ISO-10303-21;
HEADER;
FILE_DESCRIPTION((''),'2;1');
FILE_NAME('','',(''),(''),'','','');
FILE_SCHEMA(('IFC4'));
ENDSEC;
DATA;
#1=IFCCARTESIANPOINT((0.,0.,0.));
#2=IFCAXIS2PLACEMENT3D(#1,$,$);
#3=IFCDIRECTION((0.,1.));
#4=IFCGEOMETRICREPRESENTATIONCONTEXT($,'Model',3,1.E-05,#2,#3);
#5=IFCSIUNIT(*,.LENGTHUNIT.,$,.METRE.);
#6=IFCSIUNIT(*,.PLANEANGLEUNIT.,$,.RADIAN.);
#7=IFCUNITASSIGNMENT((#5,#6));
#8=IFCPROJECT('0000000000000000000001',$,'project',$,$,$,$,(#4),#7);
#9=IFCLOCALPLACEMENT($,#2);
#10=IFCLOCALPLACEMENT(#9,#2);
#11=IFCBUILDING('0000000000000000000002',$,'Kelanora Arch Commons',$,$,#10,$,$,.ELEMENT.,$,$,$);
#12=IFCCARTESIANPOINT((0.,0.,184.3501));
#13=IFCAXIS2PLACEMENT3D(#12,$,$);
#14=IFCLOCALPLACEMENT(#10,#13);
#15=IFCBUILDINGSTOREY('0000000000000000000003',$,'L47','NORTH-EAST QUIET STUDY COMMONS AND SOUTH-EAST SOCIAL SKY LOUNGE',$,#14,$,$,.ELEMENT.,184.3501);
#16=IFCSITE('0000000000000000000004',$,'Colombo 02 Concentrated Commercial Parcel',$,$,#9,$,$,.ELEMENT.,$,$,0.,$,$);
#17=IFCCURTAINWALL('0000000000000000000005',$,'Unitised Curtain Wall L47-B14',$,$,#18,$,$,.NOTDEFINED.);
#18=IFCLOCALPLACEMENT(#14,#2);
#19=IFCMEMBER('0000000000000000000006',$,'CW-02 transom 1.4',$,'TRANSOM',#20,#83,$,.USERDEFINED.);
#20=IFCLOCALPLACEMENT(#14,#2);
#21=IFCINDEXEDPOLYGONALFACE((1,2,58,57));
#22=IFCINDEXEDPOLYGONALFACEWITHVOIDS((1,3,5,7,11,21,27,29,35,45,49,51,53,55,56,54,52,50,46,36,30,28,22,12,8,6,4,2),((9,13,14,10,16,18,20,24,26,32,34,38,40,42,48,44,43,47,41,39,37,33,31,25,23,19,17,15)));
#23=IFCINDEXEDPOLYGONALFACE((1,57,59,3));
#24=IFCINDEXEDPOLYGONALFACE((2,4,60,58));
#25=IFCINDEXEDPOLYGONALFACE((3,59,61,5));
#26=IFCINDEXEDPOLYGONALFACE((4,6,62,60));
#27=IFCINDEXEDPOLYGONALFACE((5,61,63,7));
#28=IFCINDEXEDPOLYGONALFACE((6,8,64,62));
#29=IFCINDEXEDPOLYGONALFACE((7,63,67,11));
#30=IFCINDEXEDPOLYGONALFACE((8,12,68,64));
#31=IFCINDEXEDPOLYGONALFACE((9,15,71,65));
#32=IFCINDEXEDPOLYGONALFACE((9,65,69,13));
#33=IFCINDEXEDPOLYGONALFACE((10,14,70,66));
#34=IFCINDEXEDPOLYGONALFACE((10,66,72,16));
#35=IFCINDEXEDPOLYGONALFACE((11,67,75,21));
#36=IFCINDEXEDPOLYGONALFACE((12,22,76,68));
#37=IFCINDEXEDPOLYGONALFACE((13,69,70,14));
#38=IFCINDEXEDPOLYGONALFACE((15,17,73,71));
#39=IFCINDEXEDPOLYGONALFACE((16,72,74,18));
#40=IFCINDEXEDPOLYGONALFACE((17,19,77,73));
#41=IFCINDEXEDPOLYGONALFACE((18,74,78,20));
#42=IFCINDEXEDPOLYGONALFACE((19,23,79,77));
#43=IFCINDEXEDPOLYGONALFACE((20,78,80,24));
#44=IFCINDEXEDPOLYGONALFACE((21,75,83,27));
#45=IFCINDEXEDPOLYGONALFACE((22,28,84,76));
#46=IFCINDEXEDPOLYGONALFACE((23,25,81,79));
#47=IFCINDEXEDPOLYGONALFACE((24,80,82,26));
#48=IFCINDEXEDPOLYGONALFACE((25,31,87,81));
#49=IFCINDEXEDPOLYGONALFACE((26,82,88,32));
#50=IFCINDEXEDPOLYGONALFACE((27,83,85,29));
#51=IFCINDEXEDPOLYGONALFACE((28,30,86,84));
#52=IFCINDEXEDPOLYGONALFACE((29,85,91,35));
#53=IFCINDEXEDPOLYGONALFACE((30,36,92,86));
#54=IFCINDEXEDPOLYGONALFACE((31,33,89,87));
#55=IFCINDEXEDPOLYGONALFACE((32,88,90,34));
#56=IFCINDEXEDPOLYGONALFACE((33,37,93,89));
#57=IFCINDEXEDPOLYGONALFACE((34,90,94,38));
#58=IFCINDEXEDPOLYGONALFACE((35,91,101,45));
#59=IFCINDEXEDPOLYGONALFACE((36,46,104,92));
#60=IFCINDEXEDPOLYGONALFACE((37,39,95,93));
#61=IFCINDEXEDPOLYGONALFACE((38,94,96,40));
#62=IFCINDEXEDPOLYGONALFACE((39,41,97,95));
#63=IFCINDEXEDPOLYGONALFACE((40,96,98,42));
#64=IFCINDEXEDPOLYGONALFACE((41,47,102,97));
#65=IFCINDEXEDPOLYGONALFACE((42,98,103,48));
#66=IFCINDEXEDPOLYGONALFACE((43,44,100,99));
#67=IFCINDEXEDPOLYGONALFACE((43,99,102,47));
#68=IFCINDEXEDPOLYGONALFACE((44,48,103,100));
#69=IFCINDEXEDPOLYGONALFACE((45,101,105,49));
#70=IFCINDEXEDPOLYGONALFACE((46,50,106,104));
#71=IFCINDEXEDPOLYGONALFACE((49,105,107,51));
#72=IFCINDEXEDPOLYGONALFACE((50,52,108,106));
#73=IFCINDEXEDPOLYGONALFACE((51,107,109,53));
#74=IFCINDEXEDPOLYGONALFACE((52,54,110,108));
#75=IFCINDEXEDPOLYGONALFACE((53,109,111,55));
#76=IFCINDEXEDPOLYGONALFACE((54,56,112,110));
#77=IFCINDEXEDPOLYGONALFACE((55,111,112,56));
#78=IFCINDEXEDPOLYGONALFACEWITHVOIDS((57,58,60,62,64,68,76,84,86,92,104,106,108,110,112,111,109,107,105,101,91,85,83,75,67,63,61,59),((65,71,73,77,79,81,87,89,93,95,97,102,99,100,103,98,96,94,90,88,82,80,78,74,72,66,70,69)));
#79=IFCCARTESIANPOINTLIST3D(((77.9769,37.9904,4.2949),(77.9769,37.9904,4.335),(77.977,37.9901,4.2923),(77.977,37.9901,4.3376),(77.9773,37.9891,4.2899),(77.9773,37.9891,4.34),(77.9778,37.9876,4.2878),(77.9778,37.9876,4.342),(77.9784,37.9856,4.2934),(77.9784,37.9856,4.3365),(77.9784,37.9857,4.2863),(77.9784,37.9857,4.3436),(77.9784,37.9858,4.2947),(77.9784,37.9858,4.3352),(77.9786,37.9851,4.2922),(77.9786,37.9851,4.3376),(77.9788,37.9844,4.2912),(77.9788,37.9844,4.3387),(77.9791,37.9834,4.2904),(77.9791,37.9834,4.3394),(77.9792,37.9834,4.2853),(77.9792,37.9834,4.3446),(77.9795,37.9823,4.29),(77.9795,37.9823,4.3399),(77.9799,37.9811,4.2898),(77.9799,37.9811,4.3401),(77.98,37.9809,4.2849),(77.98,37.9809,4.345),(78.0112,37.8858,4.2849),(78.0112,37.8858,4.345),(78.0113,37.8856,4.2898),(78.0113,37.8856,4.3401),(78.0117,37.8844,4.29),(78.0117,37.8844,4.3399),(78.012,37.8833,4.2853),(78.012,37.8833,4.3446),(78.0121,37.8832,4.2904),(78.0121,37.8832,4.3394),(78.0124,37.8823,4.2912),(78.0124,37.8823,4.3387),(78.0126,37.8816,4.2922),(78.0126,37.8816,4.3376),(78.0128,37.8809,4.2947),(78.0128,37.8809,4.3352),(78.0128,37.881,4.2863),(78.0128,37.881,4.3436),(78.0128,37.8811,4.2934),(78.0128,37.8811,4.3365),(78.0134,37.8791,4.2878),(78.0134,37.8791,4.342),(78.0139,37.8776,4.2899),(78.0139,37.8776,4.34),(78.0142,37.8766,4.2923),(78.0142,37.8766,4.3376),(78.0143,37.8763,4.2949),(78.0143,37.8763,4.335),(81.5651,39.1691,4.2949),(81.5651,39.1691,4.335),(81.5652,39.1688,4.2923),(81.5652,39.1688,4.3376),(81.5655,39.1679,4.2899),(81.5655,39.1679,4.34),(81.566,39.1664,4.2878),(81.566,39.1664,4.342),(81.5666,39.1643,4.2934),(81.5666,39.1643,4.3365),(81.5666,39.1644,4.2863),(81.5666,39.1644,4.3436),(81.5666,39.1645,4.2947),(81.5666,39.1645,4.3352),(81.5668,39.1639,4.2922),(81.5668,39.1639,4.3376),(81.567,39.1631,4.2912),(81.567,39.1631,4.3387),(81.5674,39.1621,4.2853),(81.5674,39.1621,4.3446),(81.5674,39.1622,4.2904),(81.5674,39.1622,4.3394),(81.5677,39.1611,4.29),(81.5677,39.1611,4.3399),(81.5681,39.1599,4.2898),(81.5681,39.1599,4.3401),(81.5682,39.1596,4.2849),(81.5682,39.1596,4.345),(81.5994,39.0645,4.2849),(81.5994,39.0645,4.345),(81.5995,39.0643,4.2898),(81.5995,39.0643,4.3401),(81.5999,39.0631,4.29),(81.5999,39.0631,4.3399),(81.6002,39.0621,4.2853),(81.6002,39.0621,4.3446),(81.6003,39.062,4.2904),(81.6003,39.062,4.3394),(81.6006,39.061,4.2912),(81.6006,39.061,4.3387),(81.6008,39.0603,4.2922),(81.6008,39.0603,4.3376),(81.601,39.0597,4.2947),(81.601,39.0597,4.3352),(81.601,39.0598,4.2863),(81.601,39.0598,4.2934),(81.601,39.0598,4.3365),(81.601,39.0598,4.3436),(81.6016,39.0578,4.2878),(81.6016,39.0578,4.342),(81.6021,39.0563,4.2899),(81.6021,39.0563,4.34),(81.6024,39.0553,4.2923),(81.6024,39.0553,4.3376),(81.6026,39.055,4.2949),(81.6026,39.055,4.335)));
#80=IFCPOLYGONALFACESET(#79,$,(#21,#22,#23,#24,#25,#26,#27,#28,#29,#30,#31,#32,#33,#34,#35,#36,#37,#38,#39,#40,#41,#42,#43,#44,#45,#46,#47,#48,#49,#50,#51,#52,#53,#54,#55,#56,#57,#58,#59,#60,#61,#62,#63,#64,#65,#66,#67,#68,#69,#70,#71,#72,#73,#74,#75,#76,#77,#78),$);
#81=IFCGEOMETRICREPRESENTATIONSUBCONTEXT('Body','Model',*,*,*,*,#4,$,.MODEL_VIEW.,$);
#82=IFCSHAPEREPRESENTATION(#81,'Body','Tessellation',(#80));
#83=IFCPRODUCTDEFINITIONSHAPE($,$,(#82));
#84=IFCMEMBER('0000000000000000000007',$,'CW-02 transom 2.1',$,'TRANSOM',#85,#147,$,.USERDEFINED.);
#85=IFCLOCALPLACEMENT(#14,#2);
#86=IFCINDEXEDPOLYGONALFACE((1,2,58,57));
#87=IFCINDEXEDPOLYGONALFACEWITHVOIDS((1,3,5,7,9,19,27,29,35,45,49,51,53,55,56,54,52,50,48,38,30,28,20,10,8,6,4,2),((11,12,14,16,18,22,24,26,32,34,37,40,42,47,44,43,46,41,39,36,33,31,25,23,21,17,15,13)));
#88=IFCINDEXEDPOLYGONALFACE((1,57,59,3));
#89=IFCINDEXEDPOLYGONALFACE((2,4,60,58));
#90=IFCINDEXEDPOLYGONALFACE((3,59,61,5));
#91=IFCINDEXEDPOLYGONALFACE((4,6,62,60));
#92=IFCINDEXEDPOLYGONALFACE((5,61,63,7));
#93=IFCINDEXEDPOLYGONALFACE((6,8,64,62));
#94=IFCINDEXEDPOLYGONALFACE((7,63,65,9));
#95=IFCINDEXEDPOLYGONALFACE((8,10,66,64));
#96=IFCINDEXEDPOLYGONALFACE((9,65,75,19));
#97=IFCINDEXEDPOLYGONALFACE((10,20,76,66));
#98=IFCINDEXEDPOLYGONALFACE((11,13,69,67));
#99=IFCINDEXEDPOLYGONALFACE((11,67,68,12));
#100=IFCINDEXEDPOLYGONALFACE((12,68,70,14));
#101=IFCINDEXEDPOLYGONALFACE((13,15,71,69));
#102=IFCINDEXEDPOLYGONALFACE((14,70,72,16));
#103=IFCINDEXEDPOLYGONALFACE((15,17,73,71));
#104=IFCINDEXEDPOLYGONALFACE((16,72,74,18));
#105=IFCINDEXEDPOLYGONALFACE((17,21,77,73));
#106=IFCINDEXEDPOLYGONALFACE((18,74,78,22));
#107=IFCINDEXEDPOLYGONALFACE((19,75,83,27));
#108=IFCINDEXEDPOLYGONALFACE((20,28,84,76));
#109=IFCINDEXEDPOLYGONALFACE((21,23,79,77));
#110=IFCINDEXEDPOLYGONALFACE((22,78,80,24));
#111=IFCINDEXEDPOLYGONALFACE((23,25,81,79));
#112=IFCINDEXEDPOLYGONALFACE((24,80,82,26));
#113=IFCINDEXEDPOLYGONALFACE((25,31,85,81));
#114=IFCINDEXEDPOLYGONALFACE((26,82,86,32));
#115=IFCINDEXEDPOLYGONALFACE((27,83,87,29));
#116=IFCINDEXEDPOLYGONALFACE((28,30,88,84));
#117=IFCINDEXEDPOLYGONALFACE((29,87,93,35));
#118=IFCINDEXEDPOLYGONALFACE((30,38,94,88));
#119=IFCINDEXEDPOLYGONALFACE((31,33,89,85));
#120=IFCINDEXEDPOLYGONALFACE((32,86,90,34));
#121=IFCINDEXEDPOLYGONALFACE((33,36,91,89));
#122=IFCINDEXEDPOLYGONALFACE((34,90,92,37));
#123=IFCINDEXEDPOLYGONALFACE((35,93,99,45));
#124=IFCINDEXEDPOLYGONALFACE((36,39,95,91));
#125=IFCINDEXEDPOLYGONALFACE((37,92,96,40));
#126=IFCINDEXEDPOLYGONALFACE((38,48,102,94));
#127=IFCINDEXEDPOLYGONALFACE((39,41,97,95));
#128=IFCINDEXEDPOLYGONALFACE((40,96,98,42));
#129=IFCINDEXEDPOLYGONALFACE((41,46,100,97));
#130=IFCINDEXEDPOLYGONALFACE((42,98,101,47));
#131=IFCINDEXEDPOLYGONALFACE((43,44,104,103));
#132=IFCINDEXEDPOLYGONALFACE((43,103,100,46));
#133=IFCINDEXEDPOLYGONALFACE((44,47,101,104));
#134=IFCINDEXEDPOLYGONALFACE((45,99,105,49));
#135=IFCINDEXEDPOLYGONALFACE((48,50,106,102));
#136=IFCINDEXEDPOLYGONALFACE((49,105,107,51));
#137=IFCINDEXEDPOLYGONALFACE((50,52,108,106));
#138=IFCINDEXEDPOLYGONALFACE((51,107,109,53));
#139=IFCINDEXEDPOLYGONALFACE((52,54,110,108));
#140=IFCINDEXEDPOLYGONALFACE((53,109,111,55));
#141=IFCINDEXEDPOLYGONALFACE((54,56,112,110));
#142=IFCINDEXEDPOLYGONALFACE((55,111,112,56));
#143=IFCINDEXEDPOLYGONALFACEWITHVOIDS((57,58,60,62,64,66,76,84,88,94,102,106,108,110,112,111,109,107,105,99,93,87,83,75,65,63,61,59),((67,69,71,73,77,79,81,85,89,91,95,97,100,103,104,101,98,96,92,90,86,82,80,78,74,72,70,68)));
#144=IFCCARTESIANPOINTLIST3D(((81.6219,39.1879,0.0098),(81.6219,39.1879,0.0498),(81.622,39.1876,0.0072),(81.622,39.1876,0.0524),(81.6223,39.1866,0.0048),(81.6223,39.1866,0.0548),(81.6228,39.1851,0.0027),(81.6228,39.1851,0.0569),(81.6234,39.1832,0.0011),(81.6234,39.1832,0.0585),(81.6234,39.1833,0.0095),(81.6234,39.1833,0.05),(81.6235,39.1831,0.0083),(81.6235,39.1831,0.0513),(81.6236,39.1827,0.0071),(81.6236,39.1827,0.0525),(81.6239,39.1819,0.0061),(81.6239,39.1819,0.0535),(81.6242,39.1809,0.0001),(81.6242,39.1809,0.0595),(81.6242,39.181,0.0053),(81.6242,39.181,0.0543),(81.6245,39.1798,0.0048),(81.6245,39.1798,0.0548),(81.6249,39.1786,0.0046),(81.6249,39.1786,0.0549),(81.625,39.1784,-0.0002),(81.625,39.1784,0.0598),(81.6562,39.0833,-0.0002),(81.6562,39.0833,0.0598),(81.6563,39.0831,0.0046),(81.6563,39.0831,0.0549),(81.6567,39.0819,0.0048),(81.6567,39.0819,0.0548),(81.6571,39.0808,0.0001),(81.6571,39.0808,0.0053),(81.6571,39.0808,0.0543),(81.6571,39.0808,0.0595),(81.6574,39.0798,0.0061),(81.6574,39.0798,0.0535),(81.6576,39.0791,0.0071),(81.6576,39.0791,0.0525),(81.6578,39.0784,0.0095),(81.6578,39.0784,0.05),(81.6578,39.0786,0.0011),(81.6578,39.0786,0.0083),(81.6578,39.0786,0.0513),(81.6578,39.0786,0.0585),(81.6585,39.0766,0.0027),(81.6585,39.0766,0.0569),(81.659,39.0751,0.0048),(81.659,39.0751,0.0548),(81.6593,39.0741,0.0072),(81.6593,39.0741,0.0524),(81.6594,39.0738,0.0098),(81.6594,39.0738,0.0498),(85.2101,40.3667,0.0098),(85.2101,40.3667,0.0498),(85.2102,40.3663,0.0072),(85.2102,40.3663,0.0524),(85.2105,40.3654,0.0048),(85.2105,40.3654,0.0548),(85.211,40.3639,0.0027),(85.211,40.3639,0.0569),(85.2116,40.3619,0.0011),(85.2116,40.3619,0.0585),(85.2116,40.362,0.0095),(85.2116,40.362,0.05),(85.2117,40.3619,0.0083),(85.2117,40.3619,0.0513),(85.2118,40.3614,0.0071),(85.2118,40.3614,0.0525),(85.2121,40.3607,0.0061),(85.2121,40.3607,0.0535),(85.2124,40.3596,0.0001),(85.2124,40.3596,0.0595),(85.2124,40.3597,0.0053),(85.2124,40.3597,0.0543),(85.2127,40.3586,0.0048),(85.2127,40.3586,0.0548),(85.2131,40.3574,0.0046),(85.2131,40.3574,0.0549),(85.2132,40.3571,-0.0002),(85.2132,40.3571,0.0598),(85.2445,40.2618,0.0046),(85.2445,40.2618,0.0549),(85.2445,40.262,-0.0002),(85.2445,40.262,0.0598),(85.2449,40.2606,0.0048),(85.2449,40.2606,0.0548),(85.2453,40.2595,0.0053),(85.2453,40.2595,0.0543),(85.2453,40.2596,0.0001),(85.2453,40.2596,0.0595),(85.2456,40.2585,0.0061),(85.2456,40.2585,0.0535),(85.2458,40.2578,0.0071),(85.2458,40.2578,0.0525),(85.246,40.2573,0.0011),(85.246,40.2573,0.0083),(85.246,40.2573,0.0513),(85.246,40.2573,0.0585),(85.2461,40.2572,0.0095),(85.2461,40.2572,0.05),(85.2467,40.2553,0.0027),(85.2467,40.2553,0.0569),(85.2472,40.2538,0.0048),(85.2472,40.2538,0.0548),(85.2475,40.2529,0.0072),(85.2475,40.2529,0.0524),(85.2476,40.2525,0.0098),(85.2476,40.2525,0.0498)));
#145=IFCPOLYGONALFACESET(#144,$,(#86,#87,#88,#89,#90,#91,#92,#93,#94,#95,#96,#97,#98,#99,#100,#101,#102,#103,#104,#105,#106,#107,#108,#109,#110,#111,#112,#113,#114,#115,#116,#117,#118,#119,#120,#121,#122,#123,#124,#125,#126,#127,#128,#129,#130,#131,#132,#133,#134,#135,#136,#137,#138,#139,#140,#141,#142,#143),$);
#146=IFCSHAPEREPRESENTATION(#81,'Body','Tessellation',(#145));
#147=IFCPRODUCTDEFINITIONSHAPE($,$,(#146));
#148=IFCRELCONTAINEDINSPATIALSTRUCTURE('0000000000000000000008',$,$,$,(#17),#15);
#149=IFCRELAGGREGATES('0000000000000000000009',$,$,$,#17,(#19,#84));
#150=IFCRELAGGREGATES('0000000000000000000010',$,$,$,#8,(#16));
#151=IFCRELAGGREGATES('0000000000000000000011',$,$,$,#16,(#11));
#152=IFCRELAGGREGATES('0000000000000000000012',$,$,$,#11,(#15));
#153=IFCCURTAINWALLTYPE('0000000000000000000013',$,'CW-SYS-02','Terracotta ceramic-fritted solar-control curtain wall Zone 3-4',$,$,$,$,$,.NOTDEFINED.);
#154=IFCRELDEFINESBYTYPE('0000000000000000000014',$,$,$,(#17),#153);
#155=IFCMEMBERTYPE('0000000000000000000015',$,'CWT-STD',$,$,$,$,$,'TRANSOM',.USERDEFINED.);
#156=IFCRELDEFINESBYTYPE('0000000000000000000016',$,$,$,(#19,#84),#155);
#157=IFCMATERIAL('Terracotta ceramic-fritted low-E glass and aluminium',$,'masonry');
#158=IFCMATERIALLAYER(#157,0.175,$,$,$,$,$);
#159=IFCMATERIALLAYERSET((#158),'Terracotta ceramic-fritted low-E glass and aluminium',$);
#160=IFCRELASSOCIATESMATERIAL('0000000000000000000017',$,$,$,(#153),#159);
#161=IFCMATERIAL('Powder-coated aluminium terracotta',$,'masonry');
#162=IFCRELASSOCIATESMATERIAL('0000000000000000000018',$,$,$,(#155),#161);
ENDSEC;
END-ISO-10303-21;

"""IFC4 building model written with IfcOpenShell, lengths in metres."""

from ifc_helpers import new_model, si_unit, direction, frame, origin, origin_2d, place, context, subcontext, project, spatial, hollow_rectangle, extrude, material, layer, layer_set, material_profile, profile_set, type_object, element, aggregate, save


model = new_model("IFC4")

# Units and contexts
model_context = context("Model", 3, precision=1e-05, world=origin(), true_north=direction((0.0, 1.0)))
body_context = subcontext(model_context, "Body", "Model", "MODEL_VIEW")
ifc_project = project(units=[si_unit("LENGTHUNIT", "METRE"), si_unit("PLANEANGLEUNIT", "RADIAN")], contexts=[model_context])

# Site, building, storey
site_placement = place(None, origin())
site = spatial("IfcSite", under=ifc_project, at=site_placement, Name="Colombo 02 Concentrated Commercial Parcel", CompositionType="ELEMENT", RefElevation=0.0)
building_placement = place(site_placement, origin())
building = spatial("IfcBuilding", under=site, at=building_placement, Name="Kelanora Arch Commons", CompositionType="ELEMENT")
storey_placement = place(building_placement, frame((0.0, 0.0, 184.3501)))
storey = spatial("IfcBuildingStorey", under=building, at=storey_placement, Name="L47", Description="NORTH-EAST QUIET STUDY COMMONS AND SOUTH-EAST SOCIAL SKY LOUNGE", CompositionType="ELEMENT", Elevation=184.3501)

# Curtain wall, members
ifc_material_1 = material(Name="Terracotta ceramic-fritted low-E glass and aluminium", Category="masonry")
ifc_layer_1 = layer(ifc_material_1, 0.175)
ifc_layer_set_1 = layer_set([ifc_layer_1], Name="Terracotta ceramic-fritted low-E glass and aluminium")
curtain_wall_type = type_object("IfcCurtainWallType", Name="CW-SYS-02", Description="Terracotta ceramic-fritted solar-control curtain wall Zone 3-4", PredefinedType="NOTDEFINED", material=ifc_layer_set_1)
curtain_wall_placement = place(storey_placement, origin())
curtain_wall = element("IfcCurtainWall", 1, at=curtain_wall_placement, inside=storey, type_object=curtain_wall_type, Name="Unitised Curtain Wall L47-B14", PredefinedType="NOTDEFINED")
ifc_material_2 = material(Name="Powder-coated aluminium terracotta", Category="masonry")
ifc_material_profile_1 = material_profile(ifc_material_2, hollow_rectangle(XDim=0.1201, YDim=0.0601, WallThickness=0.0049, InnerFilletRadius=0.0049, OuterFilletRadius=0.01, at=origin_2d()), Name="CWT120x60")
ifc_profile_set_1 = profile_set([ifc_material_profile_1], Name="Powder-coated aluminium terracotta")
member_type_1 = type_object("IfcMemberType", Name="CWT-STD", ElementType="TRANSOM", PredefinedType="USERDEFINED", material=ifc_profile_set_1)
member_1_placement = place(storey_placement, frame((77.9956, 37.9333, 4.3149), z_axis=(0.950051, 0.312094, 0.0), x_axis=(-0.312094, 0.950051, 0.0)))
member_1 = element("IfcMember", 2, at=member_1_placement, type_object=member_type_1, Name="CW-02 transom 1.4", ObjectType="TRANSOM", PredefinedType="USERDEFINED", context=body_context, shape_type="SweptSolid", body=[
    extrude(hollow_rectangle(XDim=0.1201, YDim=0.0601, WallThickness=0.0049, InnerFilletRadius=0.0049, OuterFilletRadius=0.01, at=origin_2d()), origin(), (0.0, 0.0, 1.0), 3.7769),
])
member_2_placement = place(storey_placement, frame((81.6406, 39.1309, 0.0298), z_axis=(0.950051, 0.312094, 0.0), x_axis=(-0.312094, 0.950051, 0.0)))
member_2 = element("IfcMember", 3, at=member_2_placement, type_object=member_type_1, Name="CW-02 transom 2.1", ObjectType="TRANSOM", PredefinedType="USERDEFINED", context=body_context, shape_type="SweptSolid", body=[
    extrude(hollow_rectangle(XDim=0.1201, YDim=0.0601, WallThickness=0.0049, InnerFilletRadius=0.0049, OuterFilletRadius=0.01, at=origin_2d()), origin(), (0.0, 0.0, 1.0), 3.7769),
])
aggregate(curtain_wall, [member_1, member_2])

save(model, "model.ifc")
